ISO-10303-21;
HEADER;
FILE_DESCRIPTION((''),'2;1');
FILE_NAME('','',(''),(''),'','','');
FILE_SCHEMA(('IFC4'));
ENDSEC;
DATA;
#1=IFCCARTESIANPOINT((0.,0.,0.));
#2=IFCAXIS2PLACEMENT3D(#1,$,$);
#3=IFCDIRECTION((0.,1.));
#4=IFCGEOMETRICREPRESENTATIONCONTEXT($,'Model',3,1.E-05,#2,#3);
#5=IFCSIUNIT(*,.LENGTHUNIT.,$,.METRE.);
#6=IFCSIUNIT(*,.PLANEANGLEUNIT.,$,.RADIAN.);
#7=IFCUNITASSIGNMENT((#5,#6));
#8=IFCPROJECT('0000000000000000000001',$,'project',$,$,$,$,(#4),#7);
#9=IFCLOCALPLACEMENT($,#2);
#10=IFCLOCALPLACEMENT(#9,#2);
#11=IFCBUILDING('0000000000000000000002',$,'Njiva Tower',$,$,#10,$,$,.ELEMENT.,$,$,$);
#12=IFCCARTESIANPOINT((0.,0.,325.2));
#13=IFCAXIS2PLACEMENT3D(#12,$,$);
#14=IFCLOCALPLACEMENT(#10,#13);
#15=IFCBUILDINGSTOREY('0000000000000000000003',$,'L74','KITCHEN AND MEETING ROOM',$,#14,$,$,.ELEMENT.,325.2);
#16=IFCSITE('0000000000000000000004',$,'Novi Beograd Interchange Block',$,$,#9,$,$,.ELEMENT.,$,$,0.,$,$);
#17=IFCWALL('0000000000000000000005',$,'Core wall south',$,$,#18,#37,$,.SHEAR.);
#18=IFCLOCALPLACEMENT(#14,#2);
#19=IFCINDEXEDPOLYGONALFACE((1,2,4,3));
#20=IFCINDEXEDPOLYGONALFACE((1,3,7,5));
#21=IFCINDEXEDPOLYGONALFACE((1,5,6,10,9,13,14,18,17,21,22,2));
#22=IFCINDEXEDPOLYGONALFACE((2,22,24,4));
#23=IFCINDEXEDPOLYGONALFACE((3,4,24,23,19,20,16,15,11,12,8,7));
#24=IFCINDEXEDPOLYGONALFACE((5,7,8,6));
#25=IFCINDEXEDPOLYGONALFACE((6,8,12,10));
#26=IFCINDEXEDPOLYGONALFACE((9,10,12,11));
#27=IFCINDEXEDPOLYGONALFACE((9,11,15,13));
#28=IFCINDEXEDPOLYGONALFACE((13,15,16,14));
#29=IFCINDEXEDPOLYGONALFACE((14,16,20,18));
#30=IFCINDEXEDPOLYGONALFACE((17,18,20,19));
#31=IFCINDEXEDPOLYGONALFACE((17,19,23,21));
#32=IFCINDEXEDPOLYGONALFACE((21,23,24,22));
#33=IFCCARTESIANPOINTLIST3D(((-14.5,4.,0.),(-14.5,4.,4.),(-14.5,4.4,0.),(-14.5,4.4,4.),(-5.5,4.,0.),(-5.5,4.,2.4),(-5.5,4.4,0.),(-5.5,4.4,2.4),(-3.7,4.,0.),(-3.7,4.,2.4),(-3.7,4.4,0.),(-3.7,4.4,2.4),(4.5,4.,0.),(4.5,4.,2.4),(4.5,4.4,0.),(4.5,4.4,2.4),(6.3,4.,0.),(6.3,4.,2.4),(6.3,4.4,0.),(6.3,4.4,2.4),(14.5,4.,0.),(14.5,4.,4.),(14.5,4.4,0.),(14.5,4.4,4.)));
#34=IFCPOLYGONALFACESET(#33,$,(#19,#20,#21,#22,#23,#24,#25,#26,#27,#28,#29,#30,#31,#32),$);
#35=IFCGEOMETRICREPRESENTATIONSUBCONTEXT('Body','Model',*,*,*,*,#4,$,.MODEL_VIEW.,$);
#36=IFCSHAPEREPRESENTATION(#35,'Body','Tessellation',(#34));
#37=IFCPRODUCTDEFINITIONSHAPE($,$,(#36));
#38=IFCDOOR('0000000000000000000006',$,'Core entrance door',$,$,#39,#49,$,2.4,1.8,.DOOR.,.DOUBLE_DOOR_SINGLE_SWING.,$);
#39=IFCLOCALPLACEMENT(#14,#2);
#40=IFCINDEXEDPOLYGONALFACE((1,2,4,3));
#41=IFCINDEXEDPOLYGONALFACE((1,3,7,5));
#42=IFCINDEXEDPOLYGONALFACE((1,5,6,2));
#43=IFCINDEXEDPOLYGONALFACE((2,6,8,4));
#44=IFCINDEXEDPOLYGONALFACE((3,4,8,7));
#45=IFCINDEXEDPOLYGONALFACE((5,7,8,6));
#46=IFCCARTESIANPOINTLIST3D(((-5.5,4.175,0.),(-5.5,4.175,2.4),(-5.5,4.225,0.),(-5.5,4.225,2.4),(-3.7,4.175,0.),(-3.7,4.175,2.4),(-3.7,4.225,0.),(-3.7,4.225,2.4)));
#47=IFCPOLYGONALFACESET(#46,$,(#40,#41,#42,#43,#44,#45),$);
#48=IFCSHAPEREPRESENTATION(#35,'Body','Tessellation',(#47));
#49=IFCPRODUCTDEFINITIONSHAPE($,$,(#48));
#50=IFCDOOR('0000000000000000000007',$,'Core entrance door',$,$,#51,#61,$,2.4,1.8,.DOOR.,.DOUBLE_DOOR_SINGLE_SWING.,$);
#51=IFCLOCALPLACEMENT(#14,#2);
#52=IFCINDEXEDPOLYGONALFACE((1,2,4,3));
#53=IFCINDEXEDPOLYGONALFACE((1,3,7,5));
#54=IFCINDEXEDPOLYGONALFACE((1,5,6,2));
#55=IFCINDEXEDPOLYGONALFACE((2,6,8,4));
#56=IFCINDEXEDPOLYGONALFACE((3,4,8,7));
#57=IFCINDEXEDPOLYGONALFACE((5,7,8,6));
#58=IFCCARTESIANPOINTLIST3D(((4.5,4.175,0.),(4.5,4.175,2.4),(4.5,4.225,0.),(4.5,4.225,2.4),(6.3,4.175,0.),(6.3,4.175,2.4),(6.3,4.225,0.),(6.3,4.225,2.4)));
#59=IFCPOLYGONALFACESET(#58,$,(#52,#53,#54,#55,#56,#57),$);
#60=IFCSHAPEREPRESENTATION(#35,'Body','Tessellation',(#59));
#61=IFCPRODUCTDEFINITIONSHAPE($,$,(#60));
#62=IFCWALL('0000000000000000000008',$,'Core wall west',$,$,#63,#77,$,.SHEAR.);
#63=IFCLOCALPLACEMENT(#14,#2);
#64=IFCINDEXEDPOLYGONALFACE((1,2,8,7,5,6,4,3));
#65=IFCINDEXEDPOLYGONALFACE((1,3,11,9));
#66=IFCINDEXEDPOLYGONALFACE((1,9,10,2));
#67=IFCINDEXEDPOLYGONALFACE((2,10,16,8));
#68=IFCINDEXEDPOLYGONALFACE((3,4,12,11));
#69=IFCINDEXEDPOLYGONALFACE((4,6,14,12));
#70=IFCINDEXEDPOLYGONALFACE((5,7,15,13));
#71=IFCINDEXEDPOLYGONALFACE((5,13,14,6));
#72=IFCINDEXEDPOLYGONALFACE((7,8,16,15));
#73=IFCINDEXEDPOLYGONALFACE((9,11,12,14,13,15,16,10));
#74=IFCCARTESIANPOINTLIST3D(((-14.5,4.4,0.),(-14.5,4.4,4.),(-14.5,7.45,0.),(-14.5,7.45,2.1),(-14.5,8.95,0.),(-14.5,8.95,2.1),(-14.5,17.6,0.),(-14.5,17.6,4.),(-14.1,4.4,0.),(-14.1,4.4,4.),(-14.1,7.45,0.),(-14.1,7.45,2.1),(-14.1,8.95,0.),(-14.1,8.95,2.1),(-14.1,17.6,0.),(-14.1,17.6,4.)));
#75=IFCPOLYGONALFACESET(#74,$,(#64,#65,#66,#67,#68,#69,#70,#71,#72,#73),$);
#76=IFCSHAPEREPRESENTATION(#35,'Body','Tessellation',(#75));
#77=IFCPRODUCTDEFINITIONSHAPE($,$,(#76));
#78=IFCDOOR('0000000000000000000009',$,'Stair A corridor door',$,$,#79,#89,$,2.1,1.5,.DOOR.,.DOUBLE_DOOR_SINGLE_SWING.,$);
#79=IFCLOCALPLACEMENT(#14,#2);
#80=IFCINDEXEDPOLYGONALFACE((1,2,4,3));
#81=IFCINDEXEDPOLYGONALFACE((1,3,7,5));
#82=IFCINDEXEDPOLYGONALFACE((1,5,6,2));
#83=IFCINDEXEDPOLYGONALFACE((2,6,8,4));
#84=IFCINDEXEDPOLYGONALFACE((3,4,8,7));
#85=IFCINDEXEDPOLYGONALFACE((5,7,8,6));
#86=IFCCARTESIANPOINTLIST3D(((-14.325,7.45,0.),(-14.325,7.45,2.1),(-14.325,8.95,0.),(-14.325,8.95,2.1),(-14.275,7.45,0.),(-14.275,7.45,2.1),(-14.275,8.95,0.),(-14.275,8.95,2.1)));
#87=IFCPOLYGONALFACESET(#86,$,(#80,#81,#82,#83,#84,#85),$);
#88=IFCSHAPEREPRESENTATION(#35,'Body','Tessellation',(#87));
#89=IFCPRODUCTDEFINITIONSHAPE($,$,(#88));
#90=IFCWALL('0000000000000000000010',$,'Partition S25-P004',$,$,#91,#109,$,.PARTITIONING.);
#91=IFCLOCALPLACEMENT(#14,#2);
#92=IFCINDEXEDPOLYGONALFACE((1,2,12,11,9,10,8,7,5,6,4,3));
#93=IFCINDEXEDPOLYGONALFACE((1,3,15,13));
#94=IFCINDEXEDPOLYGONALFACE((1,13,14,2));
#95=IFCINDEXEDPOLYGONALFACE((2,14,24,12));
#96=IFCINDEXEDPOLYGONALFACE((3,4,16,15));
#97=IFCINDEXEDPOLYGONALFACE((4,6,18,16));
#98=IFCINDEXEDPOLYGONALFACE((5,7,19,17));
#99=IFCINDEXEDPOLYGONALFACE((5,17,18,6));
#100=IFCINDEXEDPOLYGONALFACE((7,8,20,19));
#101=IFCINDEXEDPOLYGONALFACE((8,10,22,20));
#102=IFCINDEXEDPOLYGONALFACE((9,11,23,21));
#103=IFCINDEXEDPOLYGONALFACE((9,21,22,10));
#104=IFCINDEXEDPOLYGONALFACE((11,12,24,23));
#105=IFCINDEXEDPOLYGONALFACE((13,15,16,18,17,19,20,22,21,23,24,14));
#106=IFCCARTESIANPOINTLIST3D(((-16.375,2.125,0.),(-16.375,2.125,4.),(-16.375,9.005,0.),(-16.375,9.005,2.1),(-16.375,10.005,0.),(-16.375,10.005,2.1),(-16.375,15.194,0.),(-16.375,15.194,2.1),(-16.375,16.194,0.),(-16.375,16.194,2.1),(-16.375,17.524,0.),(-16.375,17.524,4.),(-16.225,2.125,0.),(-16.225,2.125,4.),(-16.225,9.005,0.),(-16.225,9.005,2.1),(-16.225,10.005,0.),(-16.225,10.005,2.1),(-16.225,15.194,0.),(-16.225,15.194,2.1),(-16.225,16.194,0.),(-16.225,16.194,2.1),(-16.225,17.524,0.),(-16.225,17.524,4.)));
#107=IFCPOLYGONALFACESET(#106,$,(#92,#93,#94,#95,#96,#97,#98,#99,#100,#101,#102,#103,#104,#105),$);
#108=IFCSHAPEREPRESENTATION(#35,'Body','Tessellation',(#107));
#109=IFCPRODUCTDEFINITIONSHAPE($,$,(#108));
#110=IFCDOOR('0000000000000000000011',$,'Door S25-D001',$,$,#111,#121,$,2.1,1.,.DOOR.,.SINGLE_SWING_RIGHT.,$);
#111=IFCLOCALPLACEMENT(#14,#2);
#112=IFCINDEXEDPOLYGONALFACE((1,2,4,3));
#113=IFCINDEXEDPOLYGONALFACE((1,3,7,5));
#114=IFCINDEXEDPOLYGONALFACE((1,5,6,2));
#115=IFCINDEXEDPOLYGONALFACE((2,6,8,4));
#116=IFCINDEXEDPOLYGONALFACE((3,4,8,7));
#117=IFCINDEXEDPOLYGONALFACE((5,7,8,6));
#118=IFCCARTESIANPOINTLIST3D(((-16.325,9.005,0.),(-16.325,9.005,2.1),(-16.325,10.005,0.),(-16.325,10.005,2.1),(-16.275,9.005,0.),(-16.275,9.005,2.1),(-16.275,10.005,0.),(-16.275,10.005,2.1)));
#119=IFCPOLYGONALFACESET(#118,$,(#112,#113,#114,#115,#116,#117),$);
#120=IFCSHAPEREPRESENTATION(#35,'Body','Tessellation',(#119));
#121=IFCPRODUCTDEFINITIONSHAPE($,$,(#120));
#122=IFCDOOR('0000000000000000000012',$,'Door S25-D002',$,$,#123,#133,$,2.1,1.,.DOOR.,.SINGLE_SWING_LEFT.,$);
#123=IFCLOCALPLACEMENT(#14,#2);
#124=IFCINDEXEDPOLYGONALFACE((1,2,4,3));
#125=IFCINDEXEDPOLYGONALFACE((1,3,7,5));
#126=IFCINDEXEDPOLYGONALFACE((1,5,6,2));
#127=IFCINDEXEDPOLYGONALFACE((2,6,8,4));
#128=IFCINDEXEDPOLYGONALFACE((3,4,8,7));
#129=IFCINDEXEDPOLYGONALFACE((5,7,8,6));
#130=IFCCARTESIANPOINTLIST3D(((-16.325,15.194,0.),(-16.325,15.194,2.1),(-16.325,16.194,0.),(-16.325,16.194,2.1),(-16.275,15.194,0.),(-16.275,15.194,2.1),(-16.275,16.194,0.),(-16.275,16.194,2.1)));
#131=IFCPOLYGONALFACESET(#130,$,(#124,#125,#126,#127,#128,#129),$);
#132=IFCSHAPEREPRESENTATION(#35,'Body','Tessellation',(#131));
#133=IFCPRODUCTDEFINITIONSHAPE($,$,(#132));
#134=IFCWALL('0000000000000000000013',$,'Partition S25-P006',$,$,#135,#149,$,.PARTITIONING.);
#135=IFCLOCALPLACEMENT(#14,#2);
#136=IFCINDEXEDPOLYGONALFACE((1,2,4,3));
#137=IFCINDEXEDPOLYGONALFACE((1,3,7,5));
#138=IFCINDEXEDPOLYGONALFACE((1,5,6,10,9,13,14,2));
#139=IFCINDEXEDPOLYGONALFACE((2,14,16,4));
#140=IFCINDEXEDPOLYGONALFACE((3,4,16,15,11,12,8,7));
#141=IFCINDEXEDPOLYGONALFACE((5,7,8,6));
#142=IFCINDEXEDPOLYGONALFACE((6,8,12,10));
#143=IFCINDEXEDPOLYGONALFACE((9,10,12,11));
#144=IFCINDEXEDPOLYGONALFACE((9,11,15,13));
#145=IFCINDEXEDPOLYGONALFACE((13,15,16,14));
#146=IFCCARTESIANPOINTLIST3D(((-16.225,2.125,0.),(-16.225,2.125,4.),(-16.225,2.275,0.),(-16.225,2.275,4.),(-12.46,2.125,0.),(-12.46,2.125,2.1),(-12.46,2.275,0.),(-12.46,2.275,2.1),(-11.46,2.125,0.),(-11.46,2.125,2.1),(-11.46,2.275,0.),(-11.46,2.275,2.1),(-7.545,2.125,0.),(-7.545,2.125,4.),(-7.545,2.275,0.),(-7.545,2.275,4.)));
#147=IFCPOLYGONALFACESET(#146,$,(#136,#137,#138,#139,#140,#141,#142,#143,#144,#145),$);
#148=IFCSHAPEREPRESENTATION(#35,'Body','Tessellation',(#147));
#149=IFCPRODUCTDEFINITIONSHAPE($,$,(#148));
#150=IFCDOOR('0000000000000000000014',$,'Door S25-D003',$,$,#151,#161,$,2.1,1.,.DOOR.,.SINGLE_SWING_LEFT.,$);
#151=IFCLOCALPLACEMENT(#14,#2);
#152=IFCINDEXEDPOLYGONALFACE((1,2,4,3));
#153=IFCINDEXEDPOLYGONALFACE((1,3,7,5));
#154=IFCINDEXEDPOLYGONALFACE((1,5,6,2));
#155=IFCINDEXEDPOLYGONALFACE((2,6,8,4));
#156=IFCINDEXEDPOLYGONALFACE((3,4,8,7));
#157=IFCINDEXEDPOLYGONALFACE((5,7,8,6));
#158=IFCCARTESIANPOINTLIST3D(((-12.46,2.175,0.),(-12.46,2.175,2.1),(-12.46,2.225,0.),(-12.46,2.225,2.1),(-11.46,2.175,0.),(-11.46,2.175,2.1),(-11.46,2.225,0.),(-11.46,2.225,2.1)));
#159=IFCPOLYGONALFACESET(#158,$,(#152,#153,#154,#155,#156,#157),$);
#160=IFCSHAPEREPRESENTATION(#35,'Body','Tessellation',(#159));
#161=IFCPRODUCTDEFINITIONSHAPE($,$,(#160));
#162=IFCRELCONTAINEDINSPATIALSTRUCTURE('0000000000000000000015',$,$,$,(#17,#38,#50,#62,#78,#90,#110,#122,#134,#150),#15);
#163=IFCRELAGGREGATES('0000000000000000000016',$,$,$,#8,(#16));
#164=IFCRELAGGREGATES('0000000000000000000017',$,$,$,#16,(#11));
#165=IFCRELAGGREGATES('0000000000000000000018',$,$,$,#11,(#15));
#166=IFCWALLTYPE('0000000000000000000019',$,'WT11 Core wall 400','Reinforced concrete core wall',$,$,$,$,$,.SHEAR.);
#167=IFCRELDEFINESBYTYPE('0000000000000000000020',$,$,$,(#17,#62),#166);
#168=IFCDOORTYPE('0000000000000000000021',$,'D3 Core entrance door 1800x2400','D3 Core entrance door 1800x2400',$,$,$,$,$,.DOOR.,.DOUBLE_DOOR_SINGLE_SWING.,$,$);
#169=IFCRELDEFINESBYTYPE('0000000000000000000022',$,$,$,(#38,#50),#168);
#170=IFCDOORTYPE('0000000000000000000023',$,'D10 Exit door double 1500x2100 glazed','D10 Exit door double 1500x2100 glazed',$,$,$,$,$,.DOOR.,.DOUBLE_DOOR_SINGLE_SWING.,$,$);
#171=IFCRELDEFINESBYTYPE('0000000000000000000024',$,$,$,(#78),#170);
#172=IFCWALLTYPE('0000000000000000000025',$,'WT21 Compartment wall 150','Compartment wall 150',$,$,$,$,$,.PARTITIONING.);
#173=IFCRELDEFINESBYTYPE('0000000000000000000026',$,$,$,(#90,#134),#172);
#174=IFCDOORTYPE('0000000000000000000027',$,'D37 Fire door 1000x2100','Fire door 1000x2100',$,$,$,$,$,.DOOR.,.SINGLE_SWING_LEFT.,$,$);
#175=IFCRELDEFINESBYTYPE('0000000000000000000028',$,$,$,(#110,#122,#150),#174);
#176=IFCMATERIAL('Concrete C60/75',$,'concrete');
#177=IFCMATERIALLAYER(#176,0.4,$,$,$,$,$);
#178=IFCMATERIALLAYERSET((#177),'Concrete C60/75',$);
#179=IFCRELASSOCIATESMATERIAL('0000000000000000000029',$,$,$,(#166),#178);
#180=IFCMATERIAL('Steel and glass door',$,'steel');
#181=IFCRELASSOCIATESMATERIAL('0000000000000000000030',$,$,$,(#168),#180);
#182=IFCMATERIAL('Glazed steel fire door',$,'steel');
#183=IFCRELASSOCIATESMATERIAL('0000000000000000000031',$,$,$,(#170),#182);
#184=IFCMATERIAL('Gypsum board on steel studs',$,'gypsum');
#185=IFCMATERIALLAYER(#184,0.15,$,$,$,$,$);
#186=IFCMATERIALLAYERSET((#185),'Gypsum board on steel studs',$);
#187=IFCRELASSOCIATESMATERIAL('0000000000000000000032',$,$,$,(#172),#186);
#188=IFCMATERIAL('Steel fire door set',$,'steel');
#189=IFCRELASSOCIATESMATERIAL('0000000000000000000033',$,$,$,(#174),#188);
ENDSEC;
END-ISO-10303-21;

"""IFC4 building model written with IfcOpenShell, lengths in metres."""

from ifc_helpers import new_model, si_unit, direction, frame, frame_2d, origin, place, context, subcontext, project, spatial, rectangle, extrude, material, layer, layer_set, type_object, element, fill, save


model = new_model("IFC4")

# Units and contexts
model_context = context("Model", 3, precision=1e-05, world=origin(), true_north=direction((0.0, 1.0)))
body_context = subcontext(model_context, "Body", "Model", "MODEL_VIEW")
ifc_project = project(units=[si_unit("LENGTHUNIT", "METRE"), si_unit("PLANEANGLEUNIT", "RADIAN")], contexts=[model_context])

# Site, building, storey
site_placement = place(None, origin())
site = spatial("IfcSite", under=ifc_project, at=site_placement, Name="Novi Beograd Interchange Block", CompositionType="ELEMENT", RefElevation=0.0)
building_placement = place(site_placement, origin())
building = spatial("IfcBuilding", under=site, at=building_placement, Name="Njiva Tower", CompositionType="ELEMENT")
storey_placement = place(building_placement, frame((0.0, 0.0, 325.2)))
storey = spatial("IfcBuildingStorey", under=building, at=storey_placement, Name="L74", Description="KITCHEN AND MEETING ROOM", CompositionType="ELEMENT", Elevation=325.2)

# Wall, openings, doors
ifc_material_1 = material(Name="Concrete C60/75", Category="concrete")
ifc_layer_1 = layer(ifc_material_1, 0.4)
ifc_layer_set_1 = layer_set([ifc_layer_1], Name="Concrete C60/75")
wall_type_1 = type_object("IfcWallType", Name="WT11 Core wall 400", Description="Reinforced concrete core wall", PredefinedType="SHEAR", material=ifc_layer_set_1)
wall_1_placement = place(storey_placement, frame((-14.5, 4.2, 0.0), z_axis=(0.0, 0.0, 1.0), x_axis=(1.0, 0.0, 0.0)))
wall_1 = element("IfcWall", 1, at=wall_1_placement, inside=storey, type_object=wall_type_1, Name="Core wall south", PredefinedType="SHEAR", context=body_context, shape_type="SweptSolid", body=[
    extrude(rectangle(XDim=29.0, YDim=0.4, at=frame_2d((14.5, 0.0))), origin(), (0.0, 0.0, 1.0), 4.0),
])
opening_1_placement = place(wall_1_placement, frame((9.0, 0.0, 0.0)))
opening_1 = element("IfcOpeningElement", 2, at=opening_1_placement, cuts=wall_1, PredefinedType="OPENING", context=body_context, shape_type="SweptSolid", body=[
    extrude(rectangle(XDim=1.8, YDim=2.4, at=frame_2d((0.9, 1.2))), frame((0.0, 0.21, 0.0), z_axis=(0.0, -1.0, 0.0), x_axis=(1.0, 0.0, 0.0)), (0.0, 0.0, 1.0), 0.42),
])
opening_2_placement = place(wall_1_placement, frame((19.0, 0.0, 0.0)))
opening_2 = element("IfcOpeningElement", 3, at=opening_2_placement, cuts=wall_1, PredefinedType="OPENING", context=body_context, shape_type="SweptSolid", body=[
    extrude(rectangle(XDim=1.8, YDim=2.4, at=frame_2d((0.9, 1.2))), frame((0.0, 0.21, 0.0), z_axis=(0.0, -1.0, 0.0), x_axis=(1.0, 0.0, 0.0)), (0.0, 0.0, 1.0), 0.42),
])
ifc_material_2 = material(Name="Steel and glass door", Category="steel")
door_type_1 = type_object("IfcDoorType", Name="D3 Core entrance door 1800x2400", Description="D3 Core entrance door 1800x2400", OperationType="DOUBLE_DOOR_SINGLE_SWING", PredefinedType="DOOR", material=ifc_material_2)
door_1_placement = place(opening_1_placement, origin())
door_1 = element("IfcDoor", 4, at=door_1_placement, inside=storey, type_object=door_type_1, Name="Core entrance door", OperationType="DOUBLE_DOOR_SINGLE_SWING", OverallHeight=2.4, OverallWidth=1.8, PredefinedType="DOOR", context=body_context, shape_type="SweptSolid", body=[
    extrude(rectangle(XDim=1.8, YDim=2.4, at=frame_2d((0.9, 1.2))), frame((0.0, 0.025, 0.0), z_axis=(0.0, -1.0, 0.0), x_axis=(1.0, 0.0, 0.0)), (0.0, 0.0, 1.0), 0.05),
])
fill(opening_1, door_1)
door_2_placement = place(opening_2_placement, origin())
door_2 = element("IfcDoor", 5, at=door_2_placement, inside=storey, type_object=door_type_1, Name="Core entrance door", OperationType="DOUBLE_DOOR_SINGLE_SWING", OverallHeight=2.4, OverallWidth=1.8, PredefinedType="DOOR", context=body_context, shape_type="SweptSolid", body=[
    extrude(rectangle(XDim=1.8, YDim=2.4, at=frame_2d((0.9, 1.2))), frame((0.0, 0.025, 0.0), z_axis=(0.0, -1.0, 0.0), x_axis=(1.0, 0.0, 0.0)), (0.0, 0.0, 1.0), 0.05),
])
fill(opening_2, door_2)

# Wall, opening, door
wall_2_placement = place(storey_placement, frame((-14.3, 4.4, 0.0), z_axis=(0.0, 0.0, 1.0), x_axis=(0.0, 1.0, 0.0)))
wall_2 = element("IfcWall", 6, at=wall_2_placement, inside=storey, type_object=wall_type_1, Name="Core wall west", PredefinedType="SHEAR", context=body_context, shape_type="SweptSolid", body=[
    extrude(rectangle(XDim=13.2, YDim=0.4, at=frame_2d((6.6, 0.0))), origin(), (0.0, 0.0, 1.0), 4.0),
])
opening_3_placement = place(wall_2_placement, frame((3.05, 0.0, 0.0)))
opening_3 = element("IfcOpeningElement", 7, at=opening_3_placement, cuts=wall_2, PredefinedType="OPENING", context=body_context, shape_type="SweptSolid", body=[
    extrude(rectangle(XDim=1.5, YDim=2.1, at=frame_2d((0.75, 1.05))), frame((0.0, 0.21, 0.0), z_axis=(0.0, -1.0, 0.0), x_axis=(1.0, 0.0, 0.0)), (0.0, 0.0, 1.0), 0.42),
])
ifc_material_3 = material(Name="Glazed steel fire door", Category="steel")
door_type_2 = type_object("IfcDoorType", Name="D10 Exit door double 1500x2100 glazed", Description="D10 Exit door double 1500x2100 glazed", OperationType="DOUBLE_DOOR_SINGLE_SWING", PredefinedType="DOOR", material=ifc_material_3)
door_3_placement = place(opening_3_placement, origin())
door_3 = element("IfcDoor", 8, at=door_3_placement, inside=storey, type_object=door_type_2, Name="Stair A corridor door", OperationType="DOUBLE_DOOR_SINGLE_SWING", OverallHeight=2.1, OverallWidth=1.5, PredefinedType="DOOR", context=body_context, shape_type="SweptSolid", body=[
    extrude(rectangle(XDim=1.5, YDim=2.1, at=frame_2d((0.75, 1.05))), frame((0.0, 0.025, 0.0), z_axis=(0.0, -1.0, 0.0), x_axis=(1.0, 0.0, 0.0)), (0.0, 0.0, 1.0), 0.05),
])
fill(opening_3, door_3)

# Wall, openings, doors
ifc_material_4 = material(Name="Gypsum board on steel studs", Category="gypsum")
ifc_layer_2 = layer(ifc_material_4, 0.15)
ifc_layer_set_2 = layer_set([ifc_layer_2], Name="Gypsum board on steel studs")
wall_type_2 = type_object("IfcWallType", Name="WT21 Compartment wall 150", Description="Compartment wall 150", PredefinedType="PARTITIONING", material=ifc_layer_set_2)
wall_3_placement = place(storey_placement, frame((-16.3, 2.125, 0.0), z_axis=(0.0, 0.0, 1.0), x_axis=(0.0, 1.0, 0.0)))
wall_3 = element("IfcWall", 9, at=wall_3_placement, inside=storey, type_object=wall_type_2, Name="Partition S25-P004", PredefinedType="PARTITIONING", context=body_context, shape_type="SweptSolid", body=[
    extrude(rectangle(XDim=15.399, YDim=0.15, at=frame_2d((7.6995, 0.0))), origin(), (0.0, 0.0, 1.0), 4.0),
])
opening_4_placement = place(wall_3_placement, frame((6.88, 0.0, 0.0)))
opening_4 = element("IfcOpeningElement", 10, at=opening_4_placement, cuts=wall_3, PredefinedType="OPENING", context=body_context, shape_type="SweptSolid", body=[
    extrude(rectangle(XDim=1.0, YDim=2.1, at=frame_2d((0.5, 1.05))), frame((0.0, 0.085, 0.0), z_axis=(0.0, -1.0, 0.0), x_axis=(1.0, 0.0, 0.0)), (0.0, 0.0, 1.0), 0.17),
])
opening_5_placement = place(wall_3_placement, frame((13.069, 0.0, 0.0)))
opening_5 = element("IfcOpeningElement", 11, at=opening_5_placement, cuts=wall_3, PredefinedType="OPENING", context=body_context, shape_type="SweptSolid", body=[
    extrude(rectangle(XDim=1.0, YDim=2.1, at=frame_2d((0.5, 1.05))), frame((0.0, 0.085, 0.0), z_axis=(0.0, -1.0, 0.0), x_axis=(1.0, 0.0, 0.0)), (0.0, 0.0, 1.0), 0.17),
])
ifc_material_5 = material(Name="Steel fire door set", Category="steel")
door_type_3 = type_object("IfcDoorType", Name="D37 Fire door 1000x2100", Description="Fire door 1000x2100", OperationType="SINGLE_SWING_LEFT", PredefinedType="DOOR", material=ifc_material_5)
door_4_placement = place(opening_4_placement, origin())
door_4 = element("IfcDoor", 12, at=door_4_placement, inside=storey, type_object=door_type_3, Name="Door S25-D001", OperationType="SINGLE_SWING_RIGHT", OverallHeight=2.1, OverallWidth=1.0, PredefinedType="DOOR", context=body_context, shape_type="SweptSolid", body=[
    extrude(rectangle(XDim=1.0, YDim=2.1, at=frame_2d((0.5, 1.05))), frame((0.0, 0.025, 0.0), z_axis=(0.0, -1.0, 0.0), x_axis=(1.0, 0.0, 0.0)), (0.0, 0.0, 1.0), 0.05),
])
fill(opening_4, door_4)
door_5_placement = place(opening_5_placement, origin())
door_5 = element("IfcDoor", 13, at=door_5_placement, inside=storey, type_object=door_type_3, Name="Door S25-D002", OperationType="SINGLE_SWING_LEFT", OverallHeight=2.1, OverallWidth=1.0, PredefinedType="DOOR", context=body_context, shape_type="SweptSolid", body=[
    extrude(rectangle(XDim=1.0, YDim=2.1, at=frame_2d((0.5, 1.05))), frame((0.0, 0.025, 0.0), z_axis=(0.0, -1.0, 0.0), x_axis=(1.0, 0.0, 0.0)), (0.0, 0.0, 1.0), 0.05),
])
fill(opening_5, door_5)

# Wall, opening, door
wall_4_placement = place(storey_placement, frame((-16.225, 2.2, 0.0), z_axis=(0.0, 0.0, 1.0), x_axis=(1.0, 0.0, 0.0)))
wall_4 = element("IfcWall", 14, at=wall_4_placement, inside=storey, type_object=wall_type_2, Name="Partition S25-P006", PredefinedType="PARTITIONING", context=body_context, shape_type="SweptSolid", body=[
    extrude(rectangle(XDim=8.68, YDim=0.15, at=frame_2d((4.34, 0.0))), origin(), (0.0, 0.0, 1.0), 4.0),
])
opening_6_placement = place(wall_4_placement, frame((3.765, 0.0, 0.0)))
opening_6 = element("IfcOpeningElement", 15, at=opening_6_placement, cuts=wall_4, PredefinedType="OPENING", context=body_context, shape_type="SweptSolid", body=[
    extrude(rectangle(XDim=1.0, YDim=2.1, at=frame_2d((0.5, 1.05))), frame((0.0, 0.085, 0.0), z_axis=(0.0, -1.0, 0.0), x_axis=(1.0, 0.0, 0.0)), (0.0, 0.0, 1.0), 0.17),
])
door_6_placement = place(opening_6_placement, origin())
door_6 = element("IfcDoor", 16, at=door_6_placement, inside=storey, type_object=door_type_3, Name="Door S25-D003", OperationType="SINGLE_SWING_LEFT", OverallHeight=2.1, OverallWidth=1.0, PredefinedType="DOOR", context=body_context, shape_type="SweptSolid", body=[
    extrude(rectangle(XDim=1.0, YDim=2.1, at=frame_2d((0.5, 1.05))), frame((0.0, 0.025, 0.0), z_axis=(0.0, -1.0, 0.0), x_axis=(1.0, 0.0, 0.0)), (0.0, 0.0, 1.0), 0.05),
])
fill(opening_6, door_6)

save(model, "model.ifc")
